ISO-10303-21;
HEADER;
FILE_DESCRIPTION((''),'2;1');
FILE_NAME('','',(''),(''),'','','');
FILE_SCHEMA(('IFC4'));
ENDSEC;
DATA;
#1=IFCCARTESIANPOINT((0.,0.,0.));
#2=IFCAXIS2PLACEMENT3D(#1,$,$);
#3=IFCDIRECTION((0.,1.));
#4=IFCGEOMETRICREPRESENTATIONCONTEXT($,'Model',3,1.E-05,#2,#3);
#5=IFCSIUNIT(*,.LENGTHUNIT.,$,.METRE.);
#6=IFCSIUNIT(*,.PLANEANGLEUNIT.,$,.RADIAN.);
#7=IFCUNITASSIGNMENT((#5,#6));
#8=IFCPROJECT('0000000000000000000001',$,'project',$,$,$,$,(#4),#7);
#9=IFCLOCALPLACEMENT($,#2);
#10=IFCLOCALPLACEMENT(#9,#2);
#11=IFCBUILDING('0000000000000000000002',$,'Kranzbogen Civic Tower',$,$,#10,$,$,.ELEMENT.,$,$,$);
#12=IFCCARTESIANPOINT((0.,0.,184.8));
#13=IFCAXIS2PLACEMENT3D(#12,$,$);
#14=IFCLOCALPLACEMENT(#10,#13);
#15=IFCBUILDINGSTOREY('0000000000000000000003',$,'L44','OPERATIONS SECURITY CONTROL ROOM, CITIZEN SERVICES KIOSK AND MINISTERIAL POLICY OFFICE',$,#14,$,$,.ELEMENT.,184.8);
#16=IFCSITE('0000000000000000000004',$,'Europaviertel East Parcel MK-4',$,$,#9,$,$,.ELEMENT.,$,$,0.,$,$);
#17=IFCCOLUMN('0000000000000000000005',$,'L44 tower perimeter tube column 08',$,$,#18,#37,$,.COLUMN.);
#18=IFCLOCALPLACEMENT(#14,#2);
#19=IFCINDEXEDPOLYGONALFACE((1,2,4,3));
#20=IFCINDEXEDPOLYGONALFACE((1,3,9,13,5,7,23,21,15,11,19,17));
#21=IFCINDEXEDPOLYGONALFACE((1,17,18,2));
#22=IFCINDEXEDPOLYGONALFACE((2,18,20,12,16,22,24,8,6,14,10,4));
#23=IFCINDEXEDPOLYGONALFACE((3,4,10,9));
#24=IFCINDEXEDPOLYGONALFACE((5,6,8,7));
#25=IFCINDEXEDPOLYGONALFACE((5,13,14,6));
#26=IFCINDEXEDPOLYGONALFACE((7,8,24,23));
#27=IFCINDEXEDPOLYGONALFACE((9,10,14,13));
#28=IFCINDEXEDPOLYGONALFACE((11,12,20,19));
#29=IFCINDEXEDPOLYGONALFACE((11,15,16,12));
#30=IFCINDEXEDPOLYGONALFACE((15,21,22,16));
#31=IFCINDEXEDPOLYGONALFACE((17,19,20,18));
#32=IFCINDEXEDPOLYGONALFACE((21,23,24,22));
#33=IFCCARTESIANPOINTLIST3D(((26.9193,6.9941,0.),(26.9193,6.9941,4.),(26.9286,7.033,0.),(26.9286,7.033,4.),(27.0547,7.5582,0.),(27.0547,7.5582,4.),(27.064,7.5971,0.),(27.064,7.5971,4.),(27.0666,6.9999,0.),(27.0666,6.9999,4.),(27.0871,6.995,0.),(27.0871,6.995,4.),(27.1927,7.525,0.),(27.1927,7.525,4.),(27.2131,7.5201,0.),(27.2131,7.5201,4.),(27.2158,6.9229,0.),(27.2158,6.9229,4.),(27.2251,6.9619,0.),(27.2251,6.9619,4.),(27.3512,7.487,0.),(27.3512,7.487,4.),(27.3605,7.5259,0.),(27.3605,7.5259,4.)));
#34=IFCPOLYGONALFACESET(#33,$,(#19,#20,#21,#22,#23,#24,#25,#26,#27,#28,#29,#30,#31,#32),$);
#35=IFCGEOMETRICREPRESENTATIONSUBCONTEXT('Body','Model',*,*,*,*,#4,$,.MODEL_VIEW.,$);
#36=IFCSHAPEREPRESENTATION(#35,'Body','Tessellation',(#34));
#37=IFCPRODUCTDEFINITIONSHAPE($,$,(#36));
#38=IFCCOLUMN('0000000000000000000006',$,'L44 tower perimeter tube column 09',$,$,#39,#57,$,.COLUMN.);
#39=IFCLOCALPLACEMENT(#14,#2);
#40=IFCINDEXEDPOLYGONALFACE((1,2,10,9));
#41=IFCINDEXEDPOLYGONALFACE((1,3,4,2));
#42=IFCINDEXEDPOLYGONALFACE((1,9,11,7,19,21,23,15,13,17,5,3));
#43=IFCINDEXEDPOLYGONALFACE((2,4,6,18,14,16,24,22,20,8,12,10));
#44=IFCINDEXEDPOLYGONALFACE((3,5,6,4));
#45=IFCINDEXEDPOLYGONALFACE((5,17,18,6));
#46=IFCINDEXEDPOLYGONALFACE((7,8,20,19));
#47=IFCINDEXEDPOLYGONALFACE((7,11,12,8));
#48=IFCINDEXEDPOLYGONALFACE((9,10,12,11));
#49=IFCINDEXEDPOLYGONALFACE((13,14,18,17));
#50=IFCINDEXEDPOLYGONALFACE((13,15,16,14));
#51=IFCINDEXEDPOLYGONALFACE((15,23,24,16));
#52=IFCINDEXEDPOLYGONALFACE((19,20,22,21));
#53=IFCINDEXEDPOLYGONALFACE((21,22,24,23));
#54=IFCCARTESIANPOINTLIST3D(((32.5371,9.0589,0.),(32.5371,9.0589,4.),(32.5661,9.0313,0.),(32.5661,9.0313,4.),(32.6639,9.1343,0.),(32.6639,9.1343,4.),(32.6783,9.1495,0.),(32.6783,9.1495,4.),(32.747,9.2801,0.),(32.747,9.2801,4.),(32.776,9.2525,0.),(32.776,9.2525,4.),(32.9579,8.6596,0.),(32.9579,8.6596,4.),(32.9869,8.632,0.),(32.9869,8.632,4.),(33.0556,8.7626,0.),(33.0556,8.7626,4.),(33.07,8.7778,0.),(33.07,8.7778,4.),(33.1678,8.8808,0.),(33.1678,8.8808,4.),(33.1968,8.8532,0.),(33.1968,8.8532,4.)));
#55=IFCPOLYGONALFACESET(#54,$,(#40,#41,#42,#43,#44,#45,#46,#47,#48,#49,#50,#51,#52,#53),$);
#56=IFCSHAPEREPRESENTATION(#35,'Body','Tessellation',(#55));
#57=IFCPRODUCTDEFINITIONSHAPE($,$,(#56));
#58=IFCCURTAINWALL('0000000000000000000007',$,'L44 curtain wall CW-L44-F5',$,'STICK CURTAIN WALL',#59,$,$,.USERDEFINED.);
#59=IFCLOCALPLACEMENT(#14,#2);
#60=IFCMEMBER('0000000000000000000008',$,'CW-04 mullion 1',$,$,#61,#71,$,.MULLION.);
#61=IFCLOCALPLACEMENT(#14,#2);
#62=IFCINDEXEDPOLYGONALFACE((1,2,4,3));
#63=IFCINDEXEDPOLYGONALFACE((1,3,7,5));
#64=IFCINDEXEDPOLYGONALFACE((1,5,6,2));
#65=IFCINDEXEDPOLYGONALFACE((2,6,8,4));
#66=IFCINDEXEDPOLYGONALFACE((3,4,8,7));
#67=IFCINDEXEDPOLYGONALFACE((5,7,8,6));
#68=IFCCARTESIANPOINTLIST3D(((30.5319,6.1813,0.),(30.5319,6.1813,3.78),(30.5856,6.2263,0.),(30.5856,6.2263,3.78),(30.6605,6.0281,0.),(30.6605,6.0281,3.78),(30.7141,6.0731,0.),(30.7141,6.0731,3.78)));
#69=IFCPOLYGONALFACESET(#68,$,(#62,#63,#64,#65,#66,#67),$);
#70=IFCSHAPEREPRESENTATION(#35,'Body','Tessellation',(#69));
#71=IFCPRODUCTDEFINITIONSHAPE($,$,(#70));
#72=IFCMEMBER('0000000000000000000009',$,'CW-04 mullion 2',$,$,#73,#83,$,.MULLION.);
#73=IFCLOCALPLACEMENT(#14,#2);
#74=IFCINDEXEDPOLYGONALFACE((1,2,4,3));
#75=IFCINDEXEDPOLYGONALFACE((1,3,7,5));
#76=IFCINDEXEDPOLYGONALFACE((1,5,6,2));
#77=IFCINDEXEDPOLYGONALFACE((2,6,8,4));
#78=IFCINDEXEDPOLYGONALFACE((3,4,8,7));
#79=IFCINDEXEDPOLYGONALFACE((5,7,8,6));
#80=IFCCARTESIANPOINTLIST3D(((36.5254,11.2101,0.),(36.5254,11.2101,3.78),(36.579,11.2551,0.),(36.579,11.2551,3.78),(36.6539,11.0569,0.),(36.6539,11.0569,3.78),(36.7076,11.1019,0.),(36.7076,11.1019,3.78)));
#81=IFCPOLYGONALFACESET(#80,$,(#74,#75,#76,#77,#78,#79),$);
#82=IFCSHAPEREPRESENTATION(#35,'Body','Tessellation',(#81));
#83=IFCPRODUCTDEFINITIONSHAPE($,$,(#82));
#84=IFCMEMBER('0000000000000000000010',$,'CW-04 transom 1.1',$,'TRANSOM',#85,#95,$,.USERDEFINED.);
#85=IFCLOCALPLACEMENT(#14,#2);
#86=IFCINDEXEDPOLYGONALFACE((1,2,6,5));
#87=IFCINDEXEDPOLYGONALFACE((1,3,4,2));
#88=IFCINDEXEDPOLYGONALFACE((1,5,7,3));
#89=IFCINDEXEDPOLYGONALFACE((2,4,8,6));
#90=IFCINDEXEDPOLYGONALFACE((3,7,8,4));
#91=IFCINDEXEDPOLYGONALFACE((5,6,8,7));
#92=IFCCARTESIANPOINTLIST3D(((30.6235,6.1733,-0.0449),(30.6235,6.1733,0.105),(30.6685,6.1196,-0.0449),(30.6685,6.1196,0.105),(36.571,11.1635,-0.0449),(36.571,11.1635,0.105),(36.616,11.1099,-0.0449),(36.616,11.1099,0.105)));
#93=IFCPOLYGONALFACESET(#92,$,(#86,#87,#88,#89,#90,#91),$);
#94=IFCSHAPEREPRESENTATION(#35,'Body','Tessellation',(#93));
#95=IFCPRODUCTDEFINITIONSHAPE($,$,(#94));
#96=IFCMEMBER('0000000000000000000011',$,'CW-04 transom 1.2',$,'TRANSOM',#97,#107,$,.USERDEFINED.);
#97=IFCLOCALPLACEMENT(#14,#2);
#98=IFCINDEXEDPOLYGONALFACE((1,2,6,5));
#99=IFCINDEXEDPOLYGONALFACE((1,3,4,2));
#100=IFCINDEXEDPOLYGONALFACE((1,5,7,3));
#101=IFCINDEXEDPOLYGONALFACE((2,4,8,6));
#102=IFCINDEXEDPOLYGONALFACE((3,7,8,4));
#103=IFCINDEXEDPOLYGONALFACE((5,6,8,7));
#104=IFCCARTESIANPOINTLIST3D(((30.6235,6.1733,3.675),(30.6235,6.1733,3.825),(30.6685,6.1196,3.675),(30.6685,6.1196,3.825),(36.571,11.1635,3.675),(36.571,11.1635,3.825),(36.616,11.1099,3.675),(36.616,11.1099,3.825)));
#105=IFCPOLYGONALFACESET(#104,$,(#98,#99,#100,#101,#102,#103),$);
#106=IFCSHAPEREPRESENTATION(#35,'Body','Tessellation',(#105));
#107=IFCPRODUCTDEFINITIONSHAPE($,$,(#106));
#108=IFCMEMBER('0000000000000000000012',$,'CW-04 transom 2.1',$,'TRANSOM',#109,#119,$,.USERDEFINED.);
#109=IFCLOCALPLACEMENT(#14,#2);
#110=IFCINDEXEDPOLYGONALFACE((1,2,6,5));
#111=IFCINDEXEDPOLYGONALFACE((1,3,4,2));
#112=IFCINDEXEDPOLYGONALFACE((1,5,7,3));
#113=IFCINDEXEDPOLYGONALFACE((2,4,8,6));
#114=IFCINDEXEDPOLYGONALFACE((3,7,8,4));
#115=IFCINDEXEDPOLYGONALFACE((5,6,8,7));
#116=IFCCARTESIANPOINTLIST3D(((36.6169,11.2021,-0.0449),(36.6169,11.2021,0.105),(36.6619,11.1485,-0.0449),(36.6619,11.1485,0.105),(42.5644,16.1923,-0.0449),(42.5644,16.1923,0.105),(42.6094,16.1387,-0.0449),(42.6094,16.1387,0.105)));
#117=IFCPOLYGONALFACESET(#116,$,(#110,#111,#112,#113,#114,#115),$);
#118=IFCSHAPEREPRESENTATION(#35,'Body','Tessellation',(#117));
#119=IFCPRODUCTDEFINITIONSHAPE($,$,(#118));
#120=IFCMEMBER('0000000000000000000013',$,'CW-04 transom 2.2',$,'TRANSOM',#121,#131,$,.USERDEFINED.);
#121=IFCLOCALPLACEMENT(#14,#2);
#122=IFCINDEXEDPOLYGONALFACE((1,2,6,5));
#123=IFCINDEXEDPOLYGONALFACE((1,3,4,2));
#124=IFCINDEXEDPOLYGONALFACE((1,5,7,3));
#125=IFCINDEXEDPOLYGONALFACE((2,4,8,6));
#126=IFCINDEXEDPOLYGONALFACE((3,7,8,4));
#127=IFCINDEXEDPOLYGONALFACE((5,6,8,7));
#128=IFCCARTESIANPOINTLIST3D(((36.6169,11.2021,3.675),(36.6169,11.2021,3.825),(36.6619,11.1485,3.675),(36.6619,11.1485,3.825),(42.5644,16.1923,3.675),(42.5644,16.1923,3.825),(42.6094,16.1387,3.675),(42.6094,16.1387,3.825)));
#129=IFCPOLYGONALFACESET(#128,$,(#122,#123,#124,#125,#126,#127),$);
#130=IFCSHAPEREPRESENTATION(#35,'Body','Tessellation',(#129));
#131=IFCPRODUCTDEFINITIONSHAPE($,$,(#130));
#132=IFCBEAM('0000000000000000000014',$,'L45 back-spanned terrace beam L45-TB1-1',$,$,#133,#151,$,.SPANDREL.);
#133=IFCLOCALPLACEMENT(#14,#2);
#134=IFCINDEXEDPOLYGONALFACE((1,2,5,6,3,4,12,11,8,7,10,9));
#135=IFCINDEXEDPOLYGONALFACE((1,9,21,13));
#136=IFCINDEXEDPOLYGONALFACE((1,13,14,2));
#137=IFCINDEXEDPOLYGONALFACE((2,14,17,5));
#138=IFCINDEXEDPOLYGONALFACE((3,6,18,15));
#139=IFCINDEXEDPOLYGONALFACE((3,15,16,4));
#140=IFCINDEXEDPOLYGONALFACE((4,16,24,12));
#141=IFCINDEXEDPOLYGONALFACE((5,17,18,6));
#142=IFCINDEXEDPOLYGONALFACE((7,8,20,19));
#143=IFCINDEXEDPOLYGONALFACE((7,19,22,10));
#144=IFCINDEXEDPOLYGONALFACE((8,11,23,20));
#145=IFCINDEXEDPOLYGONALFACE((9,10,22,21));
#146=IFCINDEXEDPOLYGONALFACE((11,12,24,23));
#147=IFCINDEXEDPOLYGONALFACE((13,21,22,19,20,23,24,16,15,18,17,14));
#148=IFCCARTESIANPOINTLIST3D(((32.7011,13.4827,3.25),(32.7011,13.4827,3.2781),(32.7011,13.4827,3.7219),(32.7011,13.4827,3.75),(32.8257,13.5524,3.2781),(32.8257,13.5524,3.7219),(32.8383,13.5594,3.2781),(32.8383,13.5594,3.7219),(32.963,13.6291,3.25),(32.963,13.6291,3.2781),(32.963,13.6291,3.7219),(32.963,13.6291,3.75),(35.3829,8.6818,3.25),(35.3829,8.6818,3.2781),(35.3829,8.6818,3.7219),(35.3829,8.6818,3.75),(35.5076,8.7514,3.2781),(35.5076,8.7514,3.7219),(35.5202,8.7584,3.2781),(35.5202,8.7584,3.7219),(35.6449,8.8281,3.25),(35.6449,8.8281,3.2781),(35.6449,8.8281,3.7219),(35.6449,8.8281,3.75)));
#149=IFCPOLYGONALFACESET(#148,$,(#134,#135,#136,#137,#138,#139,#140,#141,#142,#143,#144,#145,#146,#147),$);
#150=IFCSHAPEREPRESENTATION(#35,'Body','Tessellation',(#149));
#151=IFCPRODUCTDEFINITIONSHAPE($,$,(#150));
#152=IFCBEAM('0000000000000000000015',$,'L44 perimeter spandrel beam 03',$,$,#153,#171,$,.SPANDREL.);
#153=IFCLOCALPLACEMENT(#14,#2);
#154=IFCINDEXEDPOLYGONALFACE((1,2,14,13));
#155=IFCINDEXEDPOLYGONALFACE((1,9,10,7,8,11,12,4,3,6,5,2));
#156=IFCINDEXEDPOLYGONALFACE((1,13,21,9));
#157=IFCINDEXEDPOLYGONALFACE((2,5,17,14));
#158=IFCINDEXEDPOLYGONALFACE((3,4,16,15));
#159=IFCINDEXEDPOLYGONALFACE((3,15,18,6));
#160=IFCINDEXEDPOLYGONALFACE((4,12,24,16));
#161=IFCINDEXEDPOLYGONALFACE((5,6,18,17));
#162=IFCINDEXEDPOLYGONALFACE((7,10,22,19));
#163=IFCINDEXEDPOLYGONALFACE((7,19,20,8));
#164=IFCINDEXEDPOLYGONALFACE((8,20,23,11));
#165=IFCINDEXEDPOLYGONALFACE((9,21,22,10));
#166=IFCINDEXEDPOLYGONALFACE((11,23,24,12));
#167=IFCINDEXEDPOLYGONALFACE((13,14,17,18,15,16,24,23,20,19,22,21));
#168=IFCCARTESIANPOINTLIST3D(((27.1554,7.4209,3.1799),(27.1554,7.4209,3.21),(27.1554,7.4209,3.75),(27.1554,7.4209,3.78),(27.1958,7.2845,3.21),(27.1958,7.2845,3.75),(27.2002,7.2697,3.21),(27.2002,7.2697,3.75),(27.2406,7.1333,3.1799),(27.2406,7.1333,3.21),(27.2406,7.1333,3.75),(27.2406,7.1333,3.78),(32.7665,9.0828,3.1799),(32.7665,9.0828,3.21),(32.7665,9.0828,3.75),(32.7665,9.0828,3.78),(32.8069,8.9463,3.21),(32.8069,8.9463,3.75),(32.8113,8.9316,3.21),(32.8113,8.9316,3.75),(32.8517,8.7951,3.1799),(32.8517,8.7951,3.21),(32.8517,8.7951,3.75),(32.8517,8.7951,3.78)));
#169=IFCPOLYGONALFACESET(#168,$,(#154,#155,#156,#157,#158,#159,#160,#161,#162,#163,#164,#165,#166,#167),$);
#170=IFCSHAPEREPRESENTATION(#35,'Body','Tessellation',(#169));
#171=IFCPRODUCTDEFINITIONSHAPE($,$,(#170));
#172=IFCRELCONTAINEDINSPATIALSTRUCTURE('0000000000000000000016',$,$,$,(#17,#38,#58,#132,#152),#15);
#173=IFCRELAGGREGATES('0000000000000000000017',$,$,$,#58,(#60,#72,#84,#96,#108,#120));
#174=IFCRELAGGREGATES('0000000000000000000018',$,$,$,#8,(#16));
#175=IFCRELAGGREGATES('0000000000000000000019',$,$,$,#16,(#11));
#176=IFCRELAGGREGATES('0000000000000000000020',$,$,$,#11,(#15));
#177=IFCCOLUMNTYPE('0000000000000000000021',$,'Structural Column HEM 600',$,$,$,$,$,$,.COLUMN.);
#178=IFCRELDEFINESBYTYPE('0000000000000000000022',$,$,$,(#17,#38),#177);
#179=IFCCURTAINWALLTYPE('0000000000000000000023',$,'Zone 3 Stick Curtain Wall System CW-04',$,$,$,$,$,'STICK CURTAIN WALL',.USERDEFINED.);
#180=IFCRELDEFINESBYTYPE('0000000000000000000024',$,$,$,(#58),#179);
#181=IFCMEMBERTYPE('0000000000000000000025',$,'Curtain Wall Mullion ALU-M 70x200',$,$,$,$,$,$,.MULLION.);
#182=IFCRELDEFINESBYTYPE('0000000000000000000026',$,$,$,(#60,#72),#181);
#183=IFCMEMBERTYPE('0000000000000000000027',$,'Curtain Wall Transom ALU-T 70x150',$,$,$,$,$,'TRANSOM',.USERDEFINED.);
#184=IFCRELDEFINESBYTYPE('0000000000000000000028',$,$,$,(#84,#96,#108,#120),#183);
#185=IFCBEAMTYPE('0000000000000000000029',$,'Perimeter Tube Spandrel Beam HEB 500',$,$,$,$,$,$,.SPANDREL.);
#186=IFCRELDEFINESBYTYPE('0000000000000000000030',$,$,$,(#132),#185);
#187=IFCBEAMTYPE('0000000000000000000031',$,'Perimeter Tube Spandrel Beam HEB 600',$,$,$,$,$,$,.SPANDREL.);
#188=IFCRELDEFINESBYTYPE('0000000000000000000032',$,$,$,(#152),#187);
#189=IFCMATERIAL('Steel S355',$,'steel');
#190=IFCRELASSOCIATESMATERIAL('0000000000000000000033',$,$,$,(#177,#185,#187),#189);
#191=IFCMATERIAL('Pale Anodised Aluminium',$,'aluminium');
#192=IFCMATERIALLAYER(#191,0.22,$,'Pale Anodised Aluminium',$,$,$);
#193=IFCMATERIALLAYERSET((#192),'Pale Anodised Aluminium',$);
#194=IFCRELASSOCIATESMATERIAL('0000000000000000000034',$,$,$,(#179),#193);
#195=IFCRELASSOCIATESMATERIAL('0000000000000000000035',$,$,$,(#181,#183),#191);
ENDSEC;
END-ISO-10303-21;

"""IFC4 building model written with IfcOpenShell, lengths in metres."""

from ifc_helpers import new_model, si_unit, direction, frame, origin, origin_2d, place, context, subcontext, project, spatial, rectangle, i_section, extrude, material, layer, layer_set, material_profile, profile_set, type_object, element, aggregate, save


model = new_model("IFC4")

# Units and contexts
model_context = context("Model", 3, precision=1e-05, world=origin(), true_north=direction((0.0, 1.0)))
body_context = subcontext(model_context, "Body", "Model", "MODEL_VIEW")
ifc_project = project(units=[si_unit("LENGTHUNIT", "METRE"), si_unit("PLANEANGLEUNIT", "RADIAN")], contexts=[model_context])

# Site, building, storey
site_placement = place(None, origin())
site = spatial("IfcSite", under=ifc_project, at=site_placement, Name="Europaviertel East Parcel MK-4", CompositionType="ELEMENT", RefElevation=0.0)
building_placement = place(site_placement, origin())
building = spatial("IfcBuilding", under=site, at=building_placement, Name="Kranzbogen Civic Tower", CompositionType="ELEMENT")
storey_placement = place(building_placement, frame((0.0, 0.0, 184.8)))
storey = spatial("IfcBuildingStorey", under=building, at=storey_placement, Name="L44", Description="OPERATIONS SECURITY CONTROL ROOM, CITIZEN SERVICES KIOSK AND MINISTERIAL POLICY OFFICE", CompositionType="ELEMENT", Elevation=184.8)

# Columns
ifc_material_1 = material(Name="Steel S355", Category="steel")
ifc_material_profile_1 = material_profile(ifc_material_1, i_section(OverallWidth=0.3049, OverallDepth=0.6201, WebThickness=0.021, FlangeThickness=0.04, at=origin_2d()), Name="HEM 600")
ifc_profile_set_1 = profile_set([ifc_material_profile_1], Name="Steel S355")
column_type = type_object("IfcColumnType", Name="Structural Column HEM 600", PredefinedType="COLUMN", material=ifc_profile_set_1)
for number, where, z_axis, x_axis, name in (
    (1, (27.1399, 7.26, 0.0), (0.0, 0.0, 1.0), (-0.97237, 0.233445, 0.0), "L44 tower perimeter tube column 08"),
    (2, (32.8669, 8.9561, 0.0), (0.0, 0.0, 1.0), (0.688355, 0.725374, 0.0), "L44 tower perimeter tube column 09"),
):
    element("IfcColumn", number, at=place(storey_placement, frame(where, z_axis=z_axis, x_axis=x_axis)), inside=storey, type_object=column_type, Name=name, PredefinedType="COLUMN", context=body_context, shape_type="SweptSolid", body=[
        extrude(i_section(OverallWidth=0.3049, OverallDepth=0.6201, WebThickness=0.021, FlangeThickness=0.04, at=origin_2d()), origin(), (0.0, 0.0, 1.0), 4.0),
    ])

# Curtain wall, members
ifc_material_2 = material(Name="Pale Anodised Aluminium", Category="aluminium")
ifc_layer_1 = layer(ifc_material_2, 0.22, Name="Pale Anodised Aluminium")
ifc_layer_set_1 = layer_set([ifc_layer_1], Name="Pale Anodised Aluminium")
curtain_wall_type = type_object("IfcCurtainWallType", Name="Zone 3 Stick Curtain Wall System CW-04", ElementType="STICK CURTAIN WALL", PredefinedType="USERDEFINED", material=ifc_layer_set_1)
curtain_wall_placement = place(storey_placement, origin())
curtain_wall = element("IfcCurtainWall", 3, at=curtain_wall_placement, inside=storey, type_object=curtain_wall_type, Name="L44 curtain wall CW-L44-F5", ObjectType="STICK CURTAIN WALL", PredefinedType="USERDEFINED")
ifc_material_profile_2 = material_profile(ifc_material_2, rectangle(XDim=0.0701, YDim=0.2, at=origin_2d()), Name="ALU-M 70x200")
ifc_profile_set_2 = profile_set([ifc_material_profile_2], Name="Pale Anodised Aluminium")
member_type_1 = type_object("IfcMemberType", Name="Curtain Wall Mullion ALU-M 70x200", PredefinedType="MULLION", material=ifc_profile_set_2)
member_1_placement = place(storey_placement, frame((30.623, 6.1272, 0.0), z_axis=(0.0, 0.0, 1.0), x_axis=(0.766072, 0.642755, 0.0)))
member_1 = element("IfcMember", 4, at=member_1_placement, type_object=member_type_1, Name="CW-04 mullion 1", PredefinedType="MULLION", context=body_context, shape_type="SweptSolid", body=[
    extrude(rectangle(XDim=0.0701, YDim=0.2, at=origin_2d()), origin(), (0.0, 0.0, 1.0), 3.78),
])
member_2_placement = place(storey_placement, frame((36.6165, 11.156, 0.0), z_axis=(0.0, 0.0, 1.0), x_axis=(0.766072, 0.642755, 0.0)))
member_2 = element("IfcMember", 5, at=member_2_placement, type_object=member_type_1, Name="CW-04 mullion 2", PredefinedType="MULLION", context=body_context, shape_type="SweptSolid", body=[
    extrude(rectangle(XDim=0.0701, YDim=0.2, at=origin_2d()), origin(), (0.0, 0.0, 1.0), 3.78),
])
ifc_material_profile_3 = material_profile(ifc_material_2, rectangle(XDim=0.0701, YDim=0.1499, at=origin_2d()), Name="ALU-T 70x150")
ifc_profile_set_3 = profile_set([ifc_material_profile_3], Name="Pale Anodised Aluminium")
member_type_2 = type_object("IfcMemberType", Name="Curtain Wall Transom ALU-T 70x150", ElementType="TRANSOM", PredefinedType="USERDEFINED", material=ifc_profile_set_3)
member_3_placement = place(storey_placement, frame((30.646, 6.1465, 0.03), z_axis=(0.766065, 0.642764, 0.0), x_axis=(-0.642764, 0.766065, 0.0)))
member_3 = element("IfcMember", 6, at=member_3_placement, type_object=member_type_2, Name="CW-04 transom 1.1", ObjectType="TRANSOM", PredefinedType="USERDEFINED", context=body_context, shape_type="SweptSolid", body=[
    extrude(rectangle(XDim=0.0701, YDim=0.1499, at=origin_2d()), origin(), (0.0, 0.0, 1.0), 7.7637),
])
member_4_placement = place(storey_placement, frame((30.646, 6.1465, 3.75), z_axis=(0.766065, 0.642764, 0.0), x_axis=(-0.642764, 0.766065, 0.0)))
member_4 = element("IfcMember", 7, at=member_4_placement, type_object=member_type_2, Name="CW-04 transom 1.2", ObjectType="TRANSOM", PredefinedType="USERDEFINED", context=body_context, shape_type="SweptSolid", body=[
    extrude(rectangle(XDim=0.0701, YDim=0.1499, at=origin_2d()), origin(), (0.0, 0.0, 1.0), 7.7637),
])
member_5_placement = place(storey_placement, frame((36.6394, 11.1753, 0.03), z_axis=(0.766065, 0.642764, 0.0), x_axis=(-0.642764, 0.766065, 0.0)))
member_5 = element("IfcMember", 8, at=member_5_placement, type_object=member_type_2, Name="CW-04 transom 2.1", ObjectType="TRANSOM", PredefinedType="USERDEFINED", context=body_context, shape_type="SweptSolid", body=[
    extrude(rectangle(XDim=0.0701, YDim=0.1499, at=origin_2d()), origin(), (0.0, 0.0, 1.0), 7.7637),
])
member_6_placement = place(storey_placement, frame((36.6394, 11.1753, 3.75), z_axis=(0.766065, 0.642764, 0.0), x_axis=(-0.642764, 0.766065, 0.0)))
member_6 = element("IfcMember", 9, at=member_6_placement, type_object=member_type_2, Name="CW-04 transom 2.2", ObjectType="TRANSOM", PredefinedType="USERDEFINED", context=body_context, shape_type="SweptSolid", body=[
    extrude(rectangle(XDim=0.0701, YDim=0.1499, at=origin_2d()), origin(), (0.0, 0.0, 1.0), 7.7637),
])

# Beams
ifc_material_profile_4 = material_profile(ifc_material_1, i_section(OverallWidth=0.3, OverallDepth=0.5, WebThickness=0.0144, FlangeThickness=0.0281, at=origin_2d()), Name="HEB 500")
ifc_profile_set_4 = profile_set([ifc_material_profile_4], Name="Steel S355")
beam_type_1 = type_object("IfcBeamType", Name="Perimeter Tube Spandrel Beam HEB 500", PredefinedType="SPANDREL", material=ifc_profile_set_4)
beam_1_placement = place(storey_placement, frame((32.832, 13.5559, 3.5), z_axis=(0.487677, -0.873024, 0.0), x_axis=(0.873024, 0.487677, 0.0)))
element("IfcBeam", 10, at=beam_1_placement, inside=storey, type_object=beam_type_1, Name="L45 back-spanned terrace beam L45-TB1-1", PredefinedType="SPANDREL", context=body_context, shape_type="SweptSolid", body=[
    extrude(i_section(OverallWidth=0.3, OverallDepth=0.5, WebThickness=0.0144, FlangeThickness=0.0281, at=origin_2d()), origin(), (0.0, 0.0, 1.0), 5.4993),
])
ifc_material_profile_5 = material_profile(ifc_material_1, i_section(OverallWidth=0.3, OverallDepth=0.6001, WebThickness=0.0154, FlangeThickness=0.03, at=origin_2d()), Name="HEB 600")
ifc_profile_set_5 = profile_set([ifc_material_profile_5], Name="Steel S355")
beam_type_2 = type_object("IfcBeamType", Name="Perimeter Tube Spandrel Beam HEB 600", PredefinedType="SPANDREL", material=ifc_profile_set_5)
beam_2_placement = place(storey_placement, frame((27.198, 7.2771, 3.48), z_axis=(0.95883, 0.283982, 0.0), x_axis=(-0.283982, 0.95883, 0.0)))
element("IfcBeam", 11, at=beam_2_placement, inside=storey, type_object=beam_type_2, Name="L44 perimeter spandrel beam 03", PredefinedType="SPANDREL", context=body_context, shape_type="SweptSolid", body=[
    extrude(i_section(OverallWidth=0.3, OverallDepth=0.6001, WebThickness=0.0154, FlangeThickness=0.03, at=origin_2d()), origin(), (0.0, 0.0, 1.0), 5.8521),
])

aggregate(curtain_wall, [member_1, member_2, member_3, member_4, member_5, member_6])

save(model, "model.ifc")
